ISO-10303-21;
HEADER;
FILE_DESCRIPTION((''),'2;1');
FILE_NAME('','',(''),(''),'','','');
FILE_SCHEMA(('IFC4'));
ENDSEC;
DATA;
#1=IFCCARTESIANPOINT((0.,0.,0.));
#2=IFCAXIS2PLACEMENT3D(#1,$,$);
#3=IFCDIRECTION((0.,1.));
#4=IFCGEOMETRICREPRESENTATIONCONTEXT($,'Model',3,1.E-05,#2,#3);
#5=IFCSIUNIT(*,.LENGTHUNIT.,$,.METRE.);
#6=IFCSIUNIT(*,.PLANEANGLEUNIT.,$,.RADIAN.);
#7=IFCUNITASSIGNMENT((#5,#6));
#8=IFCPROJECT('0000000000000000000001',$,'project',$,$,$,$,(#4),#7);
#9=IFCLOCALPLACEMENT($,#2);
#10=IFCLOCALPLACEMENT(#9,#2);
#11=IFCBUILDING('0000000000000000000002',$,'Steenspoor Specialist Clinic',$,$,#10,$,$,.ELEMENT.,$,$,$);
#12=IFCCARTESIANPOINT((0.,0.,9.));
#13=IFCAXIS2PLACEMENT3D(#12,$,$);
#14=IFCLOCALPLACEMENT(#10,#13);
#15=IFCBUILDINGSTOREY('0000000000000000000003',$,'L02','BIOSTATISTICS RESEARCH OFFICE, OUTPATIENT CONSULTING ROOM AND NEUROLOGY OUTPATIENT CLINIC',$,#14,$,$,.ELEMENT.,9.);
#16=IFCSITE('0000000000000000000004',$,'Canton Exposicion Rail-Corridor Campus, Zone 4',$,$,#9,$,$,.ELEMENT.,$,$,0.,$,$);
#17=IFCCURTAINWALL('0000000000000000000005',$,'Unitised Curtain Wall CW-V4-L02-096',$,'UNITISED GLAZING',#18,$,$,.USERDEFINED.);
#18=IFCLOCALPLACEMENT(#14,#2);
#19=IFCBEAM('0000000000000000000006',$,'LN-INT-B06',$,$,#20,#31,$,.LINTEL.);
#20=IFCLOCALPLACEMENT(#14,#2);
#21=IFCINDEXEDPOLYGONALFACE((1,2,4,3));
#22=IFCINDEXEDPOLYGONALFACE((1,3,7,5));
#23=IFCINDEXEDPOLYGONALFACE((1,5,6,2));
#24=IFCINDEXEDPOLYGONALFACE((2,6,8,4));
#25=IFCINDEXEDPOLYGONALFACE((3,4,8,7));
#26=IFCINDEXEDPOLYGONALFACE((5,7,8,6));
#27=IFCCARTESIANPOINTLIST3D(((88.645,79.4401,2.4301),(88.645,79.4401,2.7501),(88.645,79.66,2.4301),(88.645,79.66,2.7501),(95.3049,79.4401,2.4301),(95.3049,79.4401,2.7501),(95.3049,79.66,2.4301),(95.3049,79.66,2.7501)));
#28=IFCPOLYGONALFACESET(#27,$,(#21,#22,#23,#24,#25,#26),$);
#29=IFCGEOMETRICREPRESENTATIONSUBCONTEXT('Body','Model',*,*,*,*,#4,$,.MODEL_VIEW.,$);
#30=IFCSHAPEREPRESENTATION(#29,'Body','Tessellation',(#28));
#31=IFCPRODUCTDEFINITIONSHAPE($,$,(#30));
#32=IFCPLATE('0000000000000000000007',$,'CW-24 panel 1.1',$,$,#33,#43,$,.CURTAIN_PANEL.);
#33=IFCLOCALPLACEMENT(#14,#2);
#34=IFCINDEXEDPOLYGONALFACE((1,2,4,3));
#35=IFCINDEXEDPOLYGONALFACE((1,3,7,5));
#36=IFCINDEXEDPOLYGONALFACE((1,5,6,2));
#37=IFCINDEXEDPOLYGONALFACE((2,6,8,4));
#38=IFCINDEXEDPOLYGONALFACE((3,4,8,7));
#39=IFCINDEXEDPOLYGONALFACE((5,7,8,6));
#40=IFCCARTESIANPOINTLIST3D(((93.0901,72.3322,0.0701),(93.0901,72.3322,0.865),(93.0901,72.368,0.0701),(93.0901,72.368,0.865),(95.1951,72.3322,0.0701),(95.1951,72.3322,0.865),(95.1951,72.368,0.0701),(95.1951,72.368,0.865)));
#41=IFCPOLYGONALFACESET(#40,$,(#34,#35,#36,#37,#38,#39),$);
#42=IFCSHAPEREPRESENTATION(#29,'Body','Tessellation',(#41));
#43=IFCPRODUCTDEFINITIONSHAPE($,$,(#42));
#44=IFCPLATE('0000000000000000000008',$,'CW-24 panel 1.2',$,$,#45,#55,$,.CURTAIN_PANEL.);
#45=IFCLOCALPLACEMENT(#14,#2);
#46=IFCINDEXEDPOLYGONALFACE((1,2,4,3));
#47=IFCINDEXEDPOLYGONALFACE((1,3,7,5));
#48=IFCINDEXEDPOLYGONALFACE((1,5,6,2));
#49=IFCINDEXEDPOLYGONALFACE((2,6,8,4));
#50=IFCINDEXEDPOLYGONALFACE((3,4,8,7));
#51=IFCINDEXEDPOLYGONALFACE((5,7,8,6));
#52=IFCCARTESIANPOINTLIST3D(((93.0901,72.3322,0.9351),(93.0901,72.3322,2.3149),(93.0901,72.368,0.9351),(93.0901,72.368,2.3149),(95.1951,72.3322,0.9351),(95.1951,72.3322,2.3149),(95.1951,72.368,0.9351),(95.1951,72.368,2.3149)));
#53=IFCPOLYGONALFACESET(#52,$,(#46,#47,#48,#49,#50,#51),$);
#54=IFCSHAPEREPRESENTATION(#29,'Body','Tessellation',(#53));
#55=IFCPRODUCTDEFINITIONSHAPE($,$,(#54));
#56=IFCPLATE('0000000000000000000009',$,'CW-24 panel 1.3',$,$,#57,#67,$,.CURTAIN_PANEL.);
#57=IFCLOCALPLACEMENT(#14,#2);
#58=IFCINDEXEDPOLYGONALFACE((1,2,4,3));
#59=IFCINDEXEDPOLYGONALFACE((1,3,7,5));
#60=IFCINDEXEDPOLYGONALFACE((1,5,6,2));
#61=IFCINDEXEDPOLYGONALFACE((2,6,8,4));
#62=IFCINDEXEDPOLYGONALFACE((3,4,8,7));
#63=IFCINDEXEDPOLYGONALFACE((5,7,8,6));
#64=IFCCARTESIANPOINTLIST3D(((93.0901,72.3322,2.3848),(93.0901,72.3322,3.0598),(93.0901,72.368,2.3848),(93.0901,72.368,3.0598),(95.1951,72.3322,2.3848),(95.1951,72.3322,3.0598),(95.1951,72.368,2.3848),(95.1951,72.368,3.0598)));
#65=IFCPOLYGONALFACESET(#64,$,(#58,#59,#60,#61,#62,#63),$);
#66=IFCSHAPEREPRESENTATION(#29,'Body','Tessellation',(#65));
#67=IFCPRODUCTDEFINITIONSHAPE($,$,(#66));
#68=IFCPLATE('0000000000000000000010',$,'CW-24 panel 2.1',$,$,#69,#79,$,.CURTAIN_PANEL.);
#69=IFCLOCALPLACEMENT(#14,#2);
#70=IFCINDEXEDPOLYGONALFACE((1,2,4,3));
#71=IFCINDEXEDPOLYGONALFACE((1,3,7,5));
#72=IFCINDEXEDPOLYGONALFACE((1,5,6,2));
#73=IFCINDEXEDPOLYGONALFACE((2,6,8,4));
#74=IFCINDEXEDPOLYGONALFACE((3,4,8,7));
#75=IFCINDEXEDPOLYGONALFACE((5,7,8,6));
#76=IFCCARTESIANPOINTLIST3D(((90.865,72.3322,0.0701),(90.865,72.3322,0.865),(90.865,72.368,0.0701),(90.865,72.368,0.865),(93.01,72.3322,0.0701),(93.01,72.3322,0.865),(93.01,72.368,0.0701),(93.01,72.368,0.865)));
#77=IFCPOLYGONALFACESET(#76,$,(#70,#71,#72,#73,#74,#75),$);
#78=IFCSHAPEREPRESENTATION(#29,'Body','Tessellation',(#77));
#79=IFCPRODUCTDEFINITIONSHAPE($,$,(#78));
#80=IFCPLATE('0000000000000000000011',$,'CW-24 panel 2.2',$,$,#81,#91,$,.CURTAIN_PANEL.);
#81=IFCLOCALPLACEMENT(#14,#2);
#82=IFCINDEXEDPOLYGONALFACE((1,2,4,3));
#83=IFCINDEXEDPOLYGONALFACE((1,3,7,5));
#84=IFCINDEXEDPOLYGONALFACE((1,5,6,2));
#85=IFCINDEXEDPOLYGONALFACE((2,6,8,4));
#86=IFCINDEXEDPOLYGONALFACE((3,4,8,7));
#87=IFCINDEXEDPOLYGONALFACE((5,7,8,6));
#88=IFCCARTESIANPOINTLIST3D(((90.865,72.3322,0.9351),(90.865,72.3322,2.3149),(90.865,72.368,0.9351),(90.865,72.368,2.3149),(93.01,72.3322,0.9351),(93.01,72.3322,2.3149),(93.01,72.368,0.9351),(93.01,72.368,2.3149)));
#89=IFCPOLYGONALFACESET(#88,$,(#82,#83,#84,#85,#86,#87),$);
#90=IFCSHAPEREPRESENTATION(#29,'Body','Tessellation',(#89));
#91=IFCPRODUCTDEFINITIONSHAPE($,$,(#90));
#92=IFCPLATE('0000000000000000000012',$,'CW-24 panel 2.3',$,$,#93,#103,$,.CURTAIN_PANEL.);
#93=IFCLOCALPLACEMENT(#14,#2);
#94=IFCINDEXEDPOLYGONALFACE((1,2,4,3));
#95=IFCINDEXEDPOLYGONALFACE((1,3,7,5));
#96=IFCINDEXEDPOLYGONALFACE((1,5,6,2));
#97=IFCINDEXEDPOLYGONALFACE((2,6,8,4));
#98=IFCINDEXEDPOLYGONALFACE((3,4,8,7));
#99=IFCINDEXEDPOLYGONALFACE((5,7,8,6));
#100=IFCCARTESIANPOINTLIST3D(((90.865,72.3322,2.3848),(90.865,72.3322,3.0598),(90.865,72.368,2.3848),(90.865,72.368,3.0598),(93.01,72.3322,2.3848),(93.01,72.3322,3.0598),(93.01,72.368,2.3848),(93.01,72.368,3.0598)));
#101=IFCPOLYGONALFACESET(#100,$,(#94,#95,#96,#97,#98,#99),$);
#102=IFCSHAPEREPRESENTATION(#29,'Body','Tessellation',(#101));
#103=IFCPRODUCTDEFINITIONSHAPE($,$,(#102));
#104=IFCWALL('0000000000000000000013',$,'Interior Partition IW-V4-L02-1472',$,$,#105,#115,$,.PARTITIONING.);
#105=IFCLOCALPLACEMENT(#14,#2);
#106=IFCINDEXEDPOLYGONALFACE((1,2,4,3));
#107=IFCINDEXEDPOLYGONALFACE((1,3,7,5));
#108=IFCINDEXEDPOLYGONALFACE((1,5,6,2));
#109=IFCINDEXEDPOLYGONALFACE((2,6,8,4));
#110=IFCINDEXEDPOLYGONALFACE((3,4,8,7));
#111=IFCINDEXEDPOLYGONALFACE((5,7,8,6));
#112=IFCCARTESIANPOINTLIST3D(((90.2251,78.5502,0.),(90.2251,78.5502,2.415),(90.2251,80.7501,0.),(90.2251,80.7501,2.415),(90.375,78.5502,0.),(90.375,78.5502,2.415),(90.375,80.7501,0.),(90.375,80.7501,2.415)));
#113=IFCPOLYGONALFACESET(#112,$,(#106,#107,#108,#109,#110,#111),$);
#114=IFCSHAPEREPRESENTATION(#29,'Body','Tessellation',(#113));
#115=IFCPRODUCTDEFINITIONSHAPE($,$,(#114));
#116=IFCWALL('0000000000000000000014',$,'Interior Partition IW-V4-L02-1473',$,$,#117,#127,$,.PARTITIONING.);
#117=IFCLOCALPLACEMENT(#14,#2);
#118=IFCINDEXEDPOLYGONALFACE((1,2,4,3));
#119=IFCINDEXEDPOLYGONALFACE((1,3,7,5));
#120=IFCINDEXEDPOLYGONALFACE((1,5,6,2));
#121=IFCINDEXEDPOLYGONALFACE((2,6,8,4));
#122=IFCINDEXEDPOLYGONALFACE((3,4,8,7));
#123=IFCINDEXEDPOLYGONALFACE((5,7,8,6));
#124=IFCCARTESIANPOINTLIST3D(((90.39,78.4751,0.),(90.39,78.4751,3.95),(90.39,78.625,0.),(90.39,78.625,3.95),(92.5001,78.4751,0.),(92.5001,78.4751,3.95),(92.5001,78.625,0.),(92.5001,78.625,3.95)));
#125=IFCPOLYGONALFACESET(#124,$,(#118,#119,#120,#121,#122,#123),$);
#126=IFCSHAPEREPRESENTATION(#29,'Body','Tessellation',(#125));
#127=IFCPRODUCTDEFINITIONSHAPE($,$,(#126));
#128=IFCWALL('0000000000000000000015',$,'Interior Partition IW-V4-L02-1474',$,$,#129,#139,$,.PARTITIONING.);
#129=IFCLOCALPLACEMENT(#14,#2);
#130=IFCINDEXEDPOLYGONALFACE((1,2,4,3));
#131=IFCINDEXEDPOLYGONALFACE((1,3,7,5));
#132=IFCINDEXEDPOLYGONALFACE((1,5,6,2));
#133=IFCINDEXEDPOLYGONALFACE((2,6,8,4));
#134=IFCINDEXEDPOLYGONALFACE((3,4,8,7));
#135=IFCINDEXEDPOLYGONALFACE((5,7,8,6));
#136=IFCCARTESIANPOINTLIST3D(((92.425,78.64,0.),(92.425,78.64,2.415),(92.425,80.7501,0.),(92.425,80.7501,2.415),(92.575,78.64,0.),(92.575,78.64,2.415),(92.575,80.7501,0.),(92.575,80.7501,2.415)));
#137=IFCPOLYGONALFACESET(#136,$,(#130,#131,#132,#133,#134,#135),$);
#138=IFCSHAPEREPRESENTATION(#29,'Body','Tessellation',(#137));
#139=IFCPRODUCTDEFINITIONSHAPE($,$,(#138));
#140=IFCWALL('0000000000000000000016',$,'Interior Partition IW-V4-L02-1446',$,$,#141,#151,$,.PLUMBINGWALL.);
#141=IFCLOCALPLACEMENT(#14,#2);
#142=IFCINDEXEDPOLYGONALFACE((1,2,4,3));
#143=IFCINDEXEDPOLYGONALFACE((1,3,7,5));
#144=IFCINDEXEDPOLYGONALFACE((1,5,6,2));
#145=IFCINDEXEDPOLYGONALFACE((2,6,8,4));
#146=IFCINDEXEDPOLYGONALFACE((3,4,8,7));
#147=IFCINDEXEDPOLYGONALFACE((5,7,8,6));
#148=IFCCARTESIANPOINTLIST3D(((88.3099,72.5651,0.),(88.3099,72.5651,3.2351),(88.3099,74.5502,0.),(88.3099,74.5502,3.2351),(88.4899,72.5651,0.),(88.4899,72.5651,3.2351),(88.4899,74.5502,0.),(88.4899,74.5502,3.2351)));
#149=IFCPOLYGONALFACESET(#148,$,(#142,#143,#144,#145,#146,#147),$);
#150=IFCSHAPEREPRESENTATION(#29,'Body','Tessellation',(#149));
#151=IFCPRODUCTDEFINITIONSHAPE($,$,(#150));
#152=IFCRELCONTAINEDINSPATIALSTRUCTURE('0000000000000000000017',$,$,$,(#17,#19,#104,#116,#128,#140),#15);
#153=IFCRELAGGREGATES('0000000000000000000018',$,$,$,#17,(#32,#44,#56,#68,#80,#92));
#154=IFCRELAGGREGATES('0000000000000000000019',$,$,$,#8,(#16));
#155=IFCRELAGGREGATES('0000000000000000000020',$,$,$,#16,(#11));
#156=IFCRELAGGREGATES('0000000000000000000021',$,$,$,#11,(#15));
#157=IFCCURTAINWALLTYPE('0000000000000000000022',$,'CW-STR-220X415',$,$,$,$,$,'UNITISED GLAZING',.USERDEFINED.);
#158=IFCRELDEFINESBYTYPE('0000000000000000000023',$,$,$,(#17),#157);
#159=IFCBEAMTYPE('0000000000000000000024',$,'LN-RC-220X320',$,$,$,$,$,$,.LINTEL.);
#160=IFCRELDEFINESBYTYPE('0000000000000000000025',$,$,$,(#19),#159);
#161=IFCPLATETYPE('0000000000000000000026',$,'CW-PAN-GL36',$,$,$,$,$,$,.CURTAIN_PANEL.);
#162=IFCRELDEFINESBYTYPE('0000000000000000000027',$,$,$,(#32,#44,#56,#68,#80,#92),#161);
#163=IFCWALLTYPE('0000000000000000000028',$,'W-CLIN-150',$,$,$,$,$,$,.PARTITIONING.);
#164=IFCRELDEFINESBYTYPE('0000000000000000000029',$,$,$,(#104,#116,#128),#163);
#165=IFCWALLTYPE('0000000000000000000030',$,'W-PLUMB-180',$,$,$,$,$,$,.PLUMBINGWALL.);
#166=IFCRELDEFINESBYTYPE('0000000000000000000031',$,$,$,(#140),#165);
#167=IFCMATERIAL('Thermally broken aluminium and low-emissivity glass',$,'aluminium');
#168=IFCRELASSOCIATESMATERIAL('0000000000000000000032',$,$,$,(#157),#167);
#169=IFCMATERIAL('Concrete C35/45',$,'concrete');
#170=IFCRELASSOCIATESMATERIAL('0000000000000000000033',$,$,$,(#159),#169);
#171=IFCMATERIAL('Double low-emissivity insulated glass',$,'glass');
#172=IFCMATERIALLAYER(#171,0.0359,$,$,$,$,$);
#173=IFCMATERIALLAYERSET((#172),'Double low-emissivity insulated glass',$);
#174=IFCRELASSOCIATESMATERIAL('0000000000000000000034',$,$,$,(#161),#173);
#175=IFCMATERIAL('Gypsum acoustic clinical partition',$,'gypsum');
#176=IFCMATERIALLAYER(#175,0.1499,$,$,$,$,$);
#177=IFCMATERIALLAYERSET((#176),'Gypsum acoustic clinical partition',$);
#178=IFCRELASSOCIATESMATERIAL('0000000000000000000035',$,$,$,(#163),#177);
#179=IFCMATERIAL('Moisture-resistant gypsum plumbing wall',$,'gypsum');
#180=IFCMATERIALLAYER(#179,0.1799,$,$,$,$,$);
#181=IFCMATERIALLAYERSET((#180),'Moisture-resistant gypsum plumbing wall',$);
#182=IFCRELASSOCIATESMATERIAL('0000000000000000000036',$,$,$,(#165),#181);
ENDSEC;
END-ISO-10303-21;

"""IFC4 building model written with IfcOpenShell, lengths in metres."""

from ifc_helpers import new_model, si_unit, direction, frame, frame_2d, origin, origin_2d, place, context, subcontext, project, spatial, rectangle, extrude, material, layer, layer_set, material_profile, profile_set, type_object, element, aggregate, save


model = new_model("IFC4")

# Units and contexts
model_context = context("Model", 3, precision=1e-05, world=origin(), true_north=direction((0.0, 1.0)))
body_context = subcontext(model_context, "Body", "Model", "MODEL_VIEW")
ifc_project = project(units=[si_unit("LENGTHUNIT", "METRE"), si_unit("PLANEANGLEUNIT", "RADIAN")], contexts=[model_context])

# Site, building, storey
site_placement = place(None, origin())
site = spatial("IfcSite", under=ifc_project, at=site_placement, Name="Canton Exposicion Rail-Corridor Campus, Zone 4", CompositionType="ELEMENT", RefElevation=0.0)
building_placement = place(site_placement, origin())
building = spatial("IfcBuilding", under=site, at=building_placement, Name="Steenspoor Specialist Clinic", CompositionType="ELEMENT")
storey_placement = place(building_placement, frame((0.0, 0.0, 9.0)))
storey = spatial("IfcBuildingStorey", under=building, at=storey_placement, Name="L02", Description="BIOSTATISTICS RESEARCH OFFICE, OUTPATIENT CONSULTING ROOM AND NEUROLOGY OUTPATIENT CLINIC", CompositionType="ELEMENT", Elevation=9.0)

# Shared definitions
ifc_material_1 = material(Name="Concrete C35/45", Category="concrete")

# Curtain wall
ifc_material_2 = material(Name="Thermally broken aluminium and low-emissivity glass", Category="aluminium")
curtain_wall_type = type_object("IfcCurtainWallType", Name="CW-STR-220X415", ElementType="UNITISED GLAZING", PredefinedType="USERDEFINED", material=ifc_material_2)
curtain_wall_placement = place(storey_placement, origin())
curtain_wall = element("IfcCurtainWall", 1, at=curtain_wall_placement, inside=storey, type_object=curtain_wall_type, Name="Unitised Curtain Wall CW-V4-L02-096", ObjectType="UNITISED GLAZING", PredefinedType="USERDEFINED")

# Beam
ifc_material_profile_1 = material_profile(ifc_material_1, rectangle(XDim=0.22, YDim=0.3201, at=origin_2d()), Name="RC-LN-220X320")
ifc_profile_set_1 = profile_set([ifc_material_profile_1], Name="Concrete C35/45")
beam_type_1 = type_object("IfcBeamType", Name="LN-RC-220X320", PredefinedType="LINTEL", material=ifc_profile_set_1)
beam_1_placement = place(storey_placement, frame((88.645, 79.55, 2.5901), z_axis=(1.0, 0.0, 0.0), x_axis=(0.0, 1.0, 0.0)))
element("IfcBeam", 2, at=beam_1_placement, inside=storey, type_object=beam_type_1, Name="LN-INT-B06", PredefinedType="LINTEL", context=body_context, shape_type="SweptSolid", body=[
    extrude(rectangle(XDim=0.22, YDim=0.3201, at=origin_2d()), origin(), (0.0, 0.0, 1.0), 6.6599),
])

# Plates
ifc_material_3 = material(Name="Double low-emissivity insulated glass", Category="glass")
ifc_layer_1 = layer(ifc_material_3, 0.0359)
ifc_layer_set_1 = layer_set([ifc_layer_1], Name="Double low-emissivity insulated glass")
plate_type = type_object("IfcPlateType", Name="CW-PAN-GL36", PredefinedType="CURTAIN_PANEL", material=ifc_layer_set_1)
plate_1_placement = place(storey_placement, frame((94.1426, 72.3501, 0.0701), z_axis=(0.0, 0.0, 1.0), x_axis=(-1.0, 0.0, 0.0)))
plate_1 = element("IfcPlate", 3, at=plate_1_placement, type_object=plate_type, Name="CW-24 panel 1.1", PredefinedType="CURTAIN_PANEL", context=body_context, shape_type="SweptSolid", body=[
    extrude(rectangle(XDim=2.105, YDim=0.0359, at=origin_2d()), origin(), (0.0, 0.0, 1.0), 0.7949),
])
plate_2_placement = place(storey_placement, frame((94.1426, 72.3501, 0.9351), z_axis=(0.0, 0.0, 1.0), x_axis=(-1.0, 0.0, 0.0)))
plate_2 = element("IfcPlate", 4, at=plate_2_placement, type_object=plate_type, Name="CW-24 panel 1.2", PredefinedType="CURTAIN_PANEL", context=body_context, shape_type="SweptSolid", body=[
    extrude(rectangle(XDim=2.105, YDim=0.0359, at=origin_2d()), origin(), (0.0, 0.0, 1.0), 1.3799),
])
plate_3_placement = place(storey_placement, frame((94.1426, 72.3501, 2.3848), z_axis=(0.0, 0.0, 1.0), x_axis=(-1.0, 0.0, 0.0)))
plate_3 = element("IfcPlate", 5, at=plate_3_placement, type_object=plate_type, Name="CW-24 panel 1.3", PredefinedType="CURTAIN_PANEL", context=body_context, shape_type="SweptSolid", body=[
    extrude(rectangle(XDim=2.105, YDim=0.0359, at=origin_2d()), origin(), (0.0, 0.0, 1.0), 0.675),
])
plate_4_placement = place(storey_placement, frame((91.9375, 72.3501, 0.0701), z_axis=(0.0, 0.0, 1.0), x_axis=(-1.0, 0.0, 0.0)))
plate_4 = element("IfcPlate", 6, at=plate_4_placement, type_object=plate_type, Name="CW-24 panel 2.1", PredefinedType="CURTAIN_PANEL", context=body_context, shape_type="SweptSolid", body=[
    extrude(rectangle(XDim=2.145, YDim=0.0359, at=origin_2d()), origin(), (0.0, 0.0, 1.0), 0.7949),
])
plate_5_placement = place(storey_placement, frame((91.9375, 72.3501, 0.9351), z_axis=(0.0, 0.0, 1.0), x_axis=(-1.0, 0.0, 0.0)))
plate_5 = element("IfcPlate", 7, at=plate_5_placement, type_object=plate_type, Name="CW-24 panel 2.2", PredefinedType="CURTAIN_PANEL", context=body_context, shape_type="SweptSolid", body=[
    extrude(rectangle(XDim=2.145, YDim=0.0359, at=origin_2d()), origin(), (0.0, 0.0, 1.0), 1.3799),
])
plate_6_placement = place(storey_placement, frame((91.9375, 72.3501, 2.3848), z_axis=(0.0, 0.0, 1.0), x_axis=(-1.0, 0.0, 0.0)))
plate_6 = element("IfcPlate", 8, at=plate_6_placement, type_object=plate_type, Name="CW-24 panel 2.3", PredefinedType="CURTAIN_PANEL", context=body_context, shape_type="SweptSolid", body=[
    extrude(rectangle(XDim=2.145, YDim=0.0359, at=origin_2d()), origin(), (0.0, 0.0, 1.0), 0.675),
])
aggregate(curtain_wall, [plate_1, plate_2, plate_3, plate_4, plate_5, plate_6])

# Walls
ifc_material_4 = material(Name="Gypsum acoustic clinical partition", Category="gypsum")
ifc_layer_2 = layer(ifc_material_4, 0.1499)
ifc_layer_set_2 = layer_set([ifc_layer_2], Name="Gypsum acoustic clinical partition")
wall_type_1 = type_object("IfcWallType", Name="W-CLIN-150", PredefinedType="PARTITIONING", material=ifc_layer_set_2)
wall_1_placement = place(storey_placement, frame((90.3, 78.55, 0.0), z_axis=(0.0, 0.0, 1.0), x_axis=(0.0, 1.0, 0.0)))
element("IfcWall", 9, at=wall_1_placement, inside=storey, type_object=wall_type_1, Name="Interior Partition IW-V4-L02-1472", PredefinedType="PARTITIONING", context=body_context, shape_type="SweptSolid", body=[
    extrude(rectangle(XDim=2.2, YDim=0.1499, at=frame_2d((1.1001, 0.0))), origin(), (0.0, 0.0, 1.0), 2.415),
])
wall_2_placement = place(storey_placement, frame((90.3899, 78.55, 0.0), z_axis=(0.0, 0.0, 1.0), x_axis=(1.0, 0.0, 0.0)))
element("IfcWall", 10, at=wall_2_placement, inside=storey, type_object=wall_type_1, Name="Interior Partition IW-V4-L02-1473", PredefinedType="PARTITIONING", context=body_context, shape_type="SweptSolid", body=[
    extrude(rectangle(XDim=2.1101, YDim=0.1499, at=frame_2d((1.0552, 0.0))), origin(), (0.0, 0.0, 1.0), 3.95),
])
wall_3_placement = place(storey_placement, frame((92.5, 78.6399, 0.0), z_axis=(0.0, 0.0, 1.0), x_axis=(0.0, 1.0, 0.0)))
element("IfcWall", 11, at=wall_3_placement, inside=storey, type_object=wall_type_1, Name="Interior Partition IW-V4-L02-1474", PredefinedType="PARTITIONING", context=body_context, shape_type="SweptSolid", body=[
    extrude(rectangle(XDim=2.1101, YDim=0.1499, at=frame_2d((1.0552, 0.0))), origin(), (0.0, 0.0, 1.0), 2.415),
])
ifc_material_5 = material(Name="Moisture-resistant gypsum plumbing wall", Category="gypsum")
ifc_layer_3 = layer(ifc_material_5, 0.1799)
ifc_layer_set_3 = layer_set([ifc_layer_3], Name="Moisture-resistant gypsum plumbing wall")
wall_type_2 = type_object("IfcWallType", Name="W-PLUMB-180", PredefinedType="PLUMBINGWALL", material=ifc_layer_set_3)
wall_4_placement = place(storey_placement, frame((88.3999, 72.5649, 0.0), z_axis=(0.0, 0.0, 1.0), x_axis=(0.0, 1.0, 0.0)))
element("IfcWall", 12, at=wall_4_placement, inside=storey, type_object=wall_type_2, Name="Interior Partition IW-V4-L02-1446", PredefinedType="PLUMBINGWALL", context=body_context, shape_type="SweptSolid", body=[
    extrude(rectangle(XDim=1.9851, YDim=0.1799, at=frame_2d((0.9927, 0.0))), origin(), (0.0, 0.0, 1.0), 3.2351),
])

save(model, "model.ifc")
